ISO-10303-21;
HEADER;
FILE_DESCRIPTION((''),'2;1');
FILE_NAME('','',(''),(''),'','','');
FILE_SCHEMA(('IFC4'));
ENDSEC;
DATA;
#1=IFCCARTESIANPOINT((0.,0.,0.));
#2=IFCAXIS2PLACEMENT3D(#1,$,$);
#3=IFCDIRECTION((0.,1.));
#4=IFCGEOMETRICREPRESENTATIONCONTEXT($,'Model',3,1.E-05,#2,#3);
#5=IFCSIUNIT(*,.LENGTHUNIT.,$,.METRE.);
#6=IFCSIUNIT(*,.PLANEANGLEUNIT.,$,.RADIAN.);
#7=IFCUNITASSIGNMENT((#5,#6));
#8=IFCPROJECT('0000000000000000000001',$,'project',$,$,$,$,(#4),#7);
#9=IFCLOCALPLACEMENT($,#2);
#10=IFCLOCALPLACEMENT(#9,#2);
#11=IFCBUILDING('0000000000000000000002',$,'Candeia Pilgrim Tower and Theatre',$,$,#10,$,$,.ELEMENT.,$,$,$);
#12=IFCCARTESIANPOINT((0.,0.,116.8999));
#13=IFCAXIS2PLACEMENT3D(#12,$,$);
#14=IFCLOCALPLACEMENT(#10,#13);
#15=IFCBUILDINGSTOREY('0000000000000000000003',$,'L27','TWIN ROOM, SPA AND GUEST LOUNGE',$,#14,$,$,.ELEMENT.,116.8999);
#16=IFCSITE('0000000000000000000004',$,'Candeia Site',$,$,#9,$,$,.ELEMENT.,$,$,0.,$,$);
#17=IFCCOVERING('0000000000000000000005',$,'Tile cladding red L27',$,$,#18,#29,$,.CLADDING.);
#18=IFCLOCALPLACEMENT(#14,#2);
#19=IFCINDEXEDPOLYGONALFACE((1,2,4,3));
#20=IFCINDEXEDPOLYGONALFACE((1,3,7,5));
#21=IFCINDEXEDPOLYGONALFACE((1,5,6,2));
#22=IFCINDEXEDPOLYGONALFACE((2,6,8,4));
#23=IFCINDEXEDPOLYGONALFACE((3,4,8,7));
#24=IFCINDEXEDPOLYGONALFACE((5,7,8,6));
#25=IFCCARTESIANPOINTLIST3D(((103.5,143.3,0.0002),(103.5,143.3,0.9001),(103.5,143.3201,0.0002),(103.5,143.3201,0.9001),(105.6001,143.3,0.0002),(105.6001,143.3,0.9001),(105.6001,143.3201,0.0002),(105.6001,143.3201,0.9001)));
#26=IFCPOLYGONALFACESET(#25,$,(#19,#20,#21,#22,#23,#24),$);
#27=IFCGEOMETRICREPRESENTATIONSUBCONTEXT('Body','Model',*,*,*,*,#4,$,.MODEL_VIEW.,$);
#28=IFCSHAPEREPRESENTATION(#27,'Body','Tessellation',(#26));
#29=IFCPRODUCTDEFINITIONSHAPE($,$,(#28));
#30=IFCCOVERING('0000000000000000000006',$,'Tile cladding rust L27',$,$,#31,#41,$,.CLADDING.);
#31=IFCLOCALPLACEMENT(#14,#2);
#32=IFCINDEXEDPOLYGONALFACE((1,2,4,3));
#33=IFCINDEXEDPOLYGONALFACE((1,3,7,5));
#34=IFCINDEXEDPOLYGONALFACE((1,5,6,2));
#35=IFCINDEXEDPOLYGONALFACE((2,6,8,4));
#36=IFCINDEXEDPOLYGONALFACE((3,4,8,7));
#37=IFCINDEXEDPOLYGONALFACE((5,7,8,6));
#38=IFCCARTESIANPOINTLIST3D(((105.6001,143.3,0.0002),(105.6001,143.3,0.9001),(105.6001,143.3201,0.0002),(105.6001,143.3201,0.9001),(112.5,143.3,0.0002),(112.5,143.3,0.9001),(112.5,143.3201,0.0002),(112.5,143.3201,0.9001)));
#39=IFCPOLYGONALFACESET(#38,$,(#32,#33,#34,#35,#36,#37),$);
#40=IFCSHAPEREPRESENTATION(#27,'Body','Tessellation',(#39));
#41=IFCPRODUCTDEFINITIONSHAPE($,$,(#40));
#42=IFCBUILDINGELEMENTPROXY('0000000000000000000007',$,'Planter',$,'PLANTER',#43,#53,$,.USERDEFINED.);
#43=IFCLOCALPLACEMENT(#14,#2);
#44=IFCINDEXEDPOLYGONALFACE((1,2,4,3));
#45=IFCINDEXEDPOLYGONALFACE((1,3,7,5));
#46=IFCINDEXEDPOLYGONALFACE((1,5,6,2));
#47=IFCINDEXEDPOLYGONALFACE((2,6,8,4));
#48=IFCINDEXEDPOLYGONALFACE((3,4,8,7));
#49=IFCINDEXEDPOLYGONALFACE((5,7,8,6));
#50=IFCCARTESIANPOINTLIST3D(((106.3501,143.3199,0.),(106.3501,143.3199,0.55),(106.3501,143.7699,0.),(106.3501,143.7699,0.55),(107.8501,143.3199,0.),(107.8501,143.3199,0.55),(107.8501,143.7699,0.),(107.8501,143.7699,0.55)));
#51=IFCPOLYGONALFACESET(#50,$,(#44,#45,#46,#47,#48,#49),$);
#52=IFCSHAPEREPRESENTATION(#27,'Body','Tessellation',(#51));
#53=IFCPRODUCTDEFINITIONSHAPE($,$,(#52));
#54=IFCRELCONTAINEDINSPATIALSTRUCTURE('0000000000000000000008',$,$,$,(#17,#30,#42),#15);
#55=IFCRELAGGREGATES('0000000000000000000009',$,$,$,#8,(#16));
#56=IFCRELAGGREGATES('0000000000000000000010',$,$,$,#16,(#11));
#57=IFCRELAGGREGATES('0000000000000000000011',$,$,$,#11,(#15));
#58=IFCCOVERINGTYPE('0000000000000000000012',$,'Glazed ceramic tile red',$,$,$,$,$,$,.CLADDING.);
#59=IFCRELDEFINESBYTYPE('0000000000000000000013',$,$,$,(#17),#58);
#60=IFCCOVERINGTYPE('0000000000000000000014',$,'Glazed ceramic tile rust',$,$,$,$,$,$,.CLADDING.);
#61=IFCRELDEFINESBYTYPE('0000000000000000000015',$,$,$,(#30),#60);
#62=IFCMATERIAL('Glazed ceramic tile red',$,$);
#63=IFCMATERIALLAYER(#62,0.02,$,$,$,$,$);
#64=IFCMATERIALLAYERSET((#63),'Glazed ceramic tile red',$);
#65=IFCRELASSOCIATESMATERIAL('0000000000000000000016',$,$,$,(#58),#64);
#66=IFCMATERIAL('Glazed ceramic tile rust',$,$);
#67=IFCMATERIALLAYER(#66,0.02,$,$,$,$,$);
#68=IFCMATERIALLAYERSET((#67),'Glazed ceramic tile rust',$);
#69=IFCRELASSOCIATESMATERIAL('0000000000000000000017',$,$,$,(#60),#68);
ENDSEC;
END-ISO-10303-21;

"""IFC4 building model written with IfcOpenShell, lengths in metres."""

from ifc_helpers import new_model, si_unit, direction, frame, origin, origin_2d, place, context, subcontext, project, spatial, rectangle, extrude, material, layer, layer_set, type_object, element, save


model = new_model("IFC4")

# Units and contexts
model_context = context("Model", 3, precision=1e-05, world=origin(), true_north=direction((0.0, 1.0)))
body_context = subcontext(model_context, "Body", "Model", "MODEL_VIEW")
ifc_project = project(units=[si_unit("LENGTHUNIT", "METRE"), si_unit("PLANEANGLEUNIT", "RADIAN")], contexts=[model_context])

# Site, building, storey
site_placement = place(None, origin())
site = spatial("IfcSite", under=ifc_project, at=site_placement, Name="Candeia Site", CompositionType="ELEMENT", RefElevation=0.0)
building_placement = place(site_placement, origin())
building = spatial("IfcBuilding", under=site, at=building_placement, Name="Candeia Pilgrim Tower and Theatre", CompositionType="ELEMENT")
storey_placement = place(building_placement, frame((0.0, 0.0, 116.8999)))
storey = spatial("IfcBuildingStorey", under=building, at=storey_placement, Name="L27", Description="TWIN ROOM, SPA AND GUEST LOUNGE", CompositionType="ELEMENT", Elevation=116.8999)

# Coverings
ifc_material_1 = material(Name="Glazed ceramic tile red")
ifc_layer_1 = layer(ifc_material_1, 0.02)
ifc_layer_set_1 = layer_set([ifc_layer_1], Name="Glazed ceramic tile red")
covering_type_1 = type_object("IfcCoveringType", Name="Glazed ceramic tile red", PredefinedType="CLADDING", material=ifc_layer_set_1)
covering_1_placement = place(storey_placement, frame((104.55, 143.3101, 0.0002), z_axis=(0.0, 0.0, 1.0), x_axis=(-1.0, 0.0, 0.0)))
element("IfcCovering", 1, at=covering_1_placement, inside=storey, type_object=covering_type_1, Name="Tile cladding red L27", PredefinedType="CLADDING", context=body_context, shape_type="SweptSolid", body=[
    extrude(rectangle(XDim=2.1001, YDim=0.02, at=origin_2d()), origin(), (0.0, 0.0, 1.0), 0.8999),
])
ifc_material_2 = material(Name="Glazed ceramic tile rust")
ifc_layer_2 = layer(ifc_material_2, 0.02)
ifc_layer_set_2 = layer_set([ifc_layer_2], Name="Glazed ceramic tile rust")
covering_type_2 = type_object("IfcCoveringType", Name="Glazed ceramic tile rust", PredefinedType="CLADDING", material=ifc_layer_set_2)
covering_2_placement = place(storey_placement, frame((109.05, 143.3101, 0.0002), z_axis=(0.0, 0.0, 1.0), x_axis=(-1.0, 0.0, 0.0)))
element("IfcCovering", 2, at=covering_2_placement, inside=storey, type_object=covering_type_2, Name="Tile cladding rust L27", PredefinedType="CLADDING", context=body_context, shape_type="SweptSolid", body=[
    extrude(rectangle(XDim=6.8999, YDim=0.02, at=origin_2d()), origin(), (0.0, 0.0, 1.0), 0.8999),
])

# Building element proxy
proxy_placement = place(storey_placement, frame((107.1001, 143.5449, 0.0), z_axis=(0.0, 0.0, 1.0), x_axis=(-1.0, 0.0, 0.0)))
element("IfcBuildingElementProxy", 3, at=proxy_placement, inside=storey, Name="Planter", ObjectType="PLANTER", PredefinedType="USERDEFINED", context=body_context, shape_type="SweptSolid", body=[
    extrude(rectangle(XDim=1.5, YDim=0.45, at=origin_2d()), origin(), (0.0, 0.0, 1.0), 0.55),
])

save(model, "model.ifc")
